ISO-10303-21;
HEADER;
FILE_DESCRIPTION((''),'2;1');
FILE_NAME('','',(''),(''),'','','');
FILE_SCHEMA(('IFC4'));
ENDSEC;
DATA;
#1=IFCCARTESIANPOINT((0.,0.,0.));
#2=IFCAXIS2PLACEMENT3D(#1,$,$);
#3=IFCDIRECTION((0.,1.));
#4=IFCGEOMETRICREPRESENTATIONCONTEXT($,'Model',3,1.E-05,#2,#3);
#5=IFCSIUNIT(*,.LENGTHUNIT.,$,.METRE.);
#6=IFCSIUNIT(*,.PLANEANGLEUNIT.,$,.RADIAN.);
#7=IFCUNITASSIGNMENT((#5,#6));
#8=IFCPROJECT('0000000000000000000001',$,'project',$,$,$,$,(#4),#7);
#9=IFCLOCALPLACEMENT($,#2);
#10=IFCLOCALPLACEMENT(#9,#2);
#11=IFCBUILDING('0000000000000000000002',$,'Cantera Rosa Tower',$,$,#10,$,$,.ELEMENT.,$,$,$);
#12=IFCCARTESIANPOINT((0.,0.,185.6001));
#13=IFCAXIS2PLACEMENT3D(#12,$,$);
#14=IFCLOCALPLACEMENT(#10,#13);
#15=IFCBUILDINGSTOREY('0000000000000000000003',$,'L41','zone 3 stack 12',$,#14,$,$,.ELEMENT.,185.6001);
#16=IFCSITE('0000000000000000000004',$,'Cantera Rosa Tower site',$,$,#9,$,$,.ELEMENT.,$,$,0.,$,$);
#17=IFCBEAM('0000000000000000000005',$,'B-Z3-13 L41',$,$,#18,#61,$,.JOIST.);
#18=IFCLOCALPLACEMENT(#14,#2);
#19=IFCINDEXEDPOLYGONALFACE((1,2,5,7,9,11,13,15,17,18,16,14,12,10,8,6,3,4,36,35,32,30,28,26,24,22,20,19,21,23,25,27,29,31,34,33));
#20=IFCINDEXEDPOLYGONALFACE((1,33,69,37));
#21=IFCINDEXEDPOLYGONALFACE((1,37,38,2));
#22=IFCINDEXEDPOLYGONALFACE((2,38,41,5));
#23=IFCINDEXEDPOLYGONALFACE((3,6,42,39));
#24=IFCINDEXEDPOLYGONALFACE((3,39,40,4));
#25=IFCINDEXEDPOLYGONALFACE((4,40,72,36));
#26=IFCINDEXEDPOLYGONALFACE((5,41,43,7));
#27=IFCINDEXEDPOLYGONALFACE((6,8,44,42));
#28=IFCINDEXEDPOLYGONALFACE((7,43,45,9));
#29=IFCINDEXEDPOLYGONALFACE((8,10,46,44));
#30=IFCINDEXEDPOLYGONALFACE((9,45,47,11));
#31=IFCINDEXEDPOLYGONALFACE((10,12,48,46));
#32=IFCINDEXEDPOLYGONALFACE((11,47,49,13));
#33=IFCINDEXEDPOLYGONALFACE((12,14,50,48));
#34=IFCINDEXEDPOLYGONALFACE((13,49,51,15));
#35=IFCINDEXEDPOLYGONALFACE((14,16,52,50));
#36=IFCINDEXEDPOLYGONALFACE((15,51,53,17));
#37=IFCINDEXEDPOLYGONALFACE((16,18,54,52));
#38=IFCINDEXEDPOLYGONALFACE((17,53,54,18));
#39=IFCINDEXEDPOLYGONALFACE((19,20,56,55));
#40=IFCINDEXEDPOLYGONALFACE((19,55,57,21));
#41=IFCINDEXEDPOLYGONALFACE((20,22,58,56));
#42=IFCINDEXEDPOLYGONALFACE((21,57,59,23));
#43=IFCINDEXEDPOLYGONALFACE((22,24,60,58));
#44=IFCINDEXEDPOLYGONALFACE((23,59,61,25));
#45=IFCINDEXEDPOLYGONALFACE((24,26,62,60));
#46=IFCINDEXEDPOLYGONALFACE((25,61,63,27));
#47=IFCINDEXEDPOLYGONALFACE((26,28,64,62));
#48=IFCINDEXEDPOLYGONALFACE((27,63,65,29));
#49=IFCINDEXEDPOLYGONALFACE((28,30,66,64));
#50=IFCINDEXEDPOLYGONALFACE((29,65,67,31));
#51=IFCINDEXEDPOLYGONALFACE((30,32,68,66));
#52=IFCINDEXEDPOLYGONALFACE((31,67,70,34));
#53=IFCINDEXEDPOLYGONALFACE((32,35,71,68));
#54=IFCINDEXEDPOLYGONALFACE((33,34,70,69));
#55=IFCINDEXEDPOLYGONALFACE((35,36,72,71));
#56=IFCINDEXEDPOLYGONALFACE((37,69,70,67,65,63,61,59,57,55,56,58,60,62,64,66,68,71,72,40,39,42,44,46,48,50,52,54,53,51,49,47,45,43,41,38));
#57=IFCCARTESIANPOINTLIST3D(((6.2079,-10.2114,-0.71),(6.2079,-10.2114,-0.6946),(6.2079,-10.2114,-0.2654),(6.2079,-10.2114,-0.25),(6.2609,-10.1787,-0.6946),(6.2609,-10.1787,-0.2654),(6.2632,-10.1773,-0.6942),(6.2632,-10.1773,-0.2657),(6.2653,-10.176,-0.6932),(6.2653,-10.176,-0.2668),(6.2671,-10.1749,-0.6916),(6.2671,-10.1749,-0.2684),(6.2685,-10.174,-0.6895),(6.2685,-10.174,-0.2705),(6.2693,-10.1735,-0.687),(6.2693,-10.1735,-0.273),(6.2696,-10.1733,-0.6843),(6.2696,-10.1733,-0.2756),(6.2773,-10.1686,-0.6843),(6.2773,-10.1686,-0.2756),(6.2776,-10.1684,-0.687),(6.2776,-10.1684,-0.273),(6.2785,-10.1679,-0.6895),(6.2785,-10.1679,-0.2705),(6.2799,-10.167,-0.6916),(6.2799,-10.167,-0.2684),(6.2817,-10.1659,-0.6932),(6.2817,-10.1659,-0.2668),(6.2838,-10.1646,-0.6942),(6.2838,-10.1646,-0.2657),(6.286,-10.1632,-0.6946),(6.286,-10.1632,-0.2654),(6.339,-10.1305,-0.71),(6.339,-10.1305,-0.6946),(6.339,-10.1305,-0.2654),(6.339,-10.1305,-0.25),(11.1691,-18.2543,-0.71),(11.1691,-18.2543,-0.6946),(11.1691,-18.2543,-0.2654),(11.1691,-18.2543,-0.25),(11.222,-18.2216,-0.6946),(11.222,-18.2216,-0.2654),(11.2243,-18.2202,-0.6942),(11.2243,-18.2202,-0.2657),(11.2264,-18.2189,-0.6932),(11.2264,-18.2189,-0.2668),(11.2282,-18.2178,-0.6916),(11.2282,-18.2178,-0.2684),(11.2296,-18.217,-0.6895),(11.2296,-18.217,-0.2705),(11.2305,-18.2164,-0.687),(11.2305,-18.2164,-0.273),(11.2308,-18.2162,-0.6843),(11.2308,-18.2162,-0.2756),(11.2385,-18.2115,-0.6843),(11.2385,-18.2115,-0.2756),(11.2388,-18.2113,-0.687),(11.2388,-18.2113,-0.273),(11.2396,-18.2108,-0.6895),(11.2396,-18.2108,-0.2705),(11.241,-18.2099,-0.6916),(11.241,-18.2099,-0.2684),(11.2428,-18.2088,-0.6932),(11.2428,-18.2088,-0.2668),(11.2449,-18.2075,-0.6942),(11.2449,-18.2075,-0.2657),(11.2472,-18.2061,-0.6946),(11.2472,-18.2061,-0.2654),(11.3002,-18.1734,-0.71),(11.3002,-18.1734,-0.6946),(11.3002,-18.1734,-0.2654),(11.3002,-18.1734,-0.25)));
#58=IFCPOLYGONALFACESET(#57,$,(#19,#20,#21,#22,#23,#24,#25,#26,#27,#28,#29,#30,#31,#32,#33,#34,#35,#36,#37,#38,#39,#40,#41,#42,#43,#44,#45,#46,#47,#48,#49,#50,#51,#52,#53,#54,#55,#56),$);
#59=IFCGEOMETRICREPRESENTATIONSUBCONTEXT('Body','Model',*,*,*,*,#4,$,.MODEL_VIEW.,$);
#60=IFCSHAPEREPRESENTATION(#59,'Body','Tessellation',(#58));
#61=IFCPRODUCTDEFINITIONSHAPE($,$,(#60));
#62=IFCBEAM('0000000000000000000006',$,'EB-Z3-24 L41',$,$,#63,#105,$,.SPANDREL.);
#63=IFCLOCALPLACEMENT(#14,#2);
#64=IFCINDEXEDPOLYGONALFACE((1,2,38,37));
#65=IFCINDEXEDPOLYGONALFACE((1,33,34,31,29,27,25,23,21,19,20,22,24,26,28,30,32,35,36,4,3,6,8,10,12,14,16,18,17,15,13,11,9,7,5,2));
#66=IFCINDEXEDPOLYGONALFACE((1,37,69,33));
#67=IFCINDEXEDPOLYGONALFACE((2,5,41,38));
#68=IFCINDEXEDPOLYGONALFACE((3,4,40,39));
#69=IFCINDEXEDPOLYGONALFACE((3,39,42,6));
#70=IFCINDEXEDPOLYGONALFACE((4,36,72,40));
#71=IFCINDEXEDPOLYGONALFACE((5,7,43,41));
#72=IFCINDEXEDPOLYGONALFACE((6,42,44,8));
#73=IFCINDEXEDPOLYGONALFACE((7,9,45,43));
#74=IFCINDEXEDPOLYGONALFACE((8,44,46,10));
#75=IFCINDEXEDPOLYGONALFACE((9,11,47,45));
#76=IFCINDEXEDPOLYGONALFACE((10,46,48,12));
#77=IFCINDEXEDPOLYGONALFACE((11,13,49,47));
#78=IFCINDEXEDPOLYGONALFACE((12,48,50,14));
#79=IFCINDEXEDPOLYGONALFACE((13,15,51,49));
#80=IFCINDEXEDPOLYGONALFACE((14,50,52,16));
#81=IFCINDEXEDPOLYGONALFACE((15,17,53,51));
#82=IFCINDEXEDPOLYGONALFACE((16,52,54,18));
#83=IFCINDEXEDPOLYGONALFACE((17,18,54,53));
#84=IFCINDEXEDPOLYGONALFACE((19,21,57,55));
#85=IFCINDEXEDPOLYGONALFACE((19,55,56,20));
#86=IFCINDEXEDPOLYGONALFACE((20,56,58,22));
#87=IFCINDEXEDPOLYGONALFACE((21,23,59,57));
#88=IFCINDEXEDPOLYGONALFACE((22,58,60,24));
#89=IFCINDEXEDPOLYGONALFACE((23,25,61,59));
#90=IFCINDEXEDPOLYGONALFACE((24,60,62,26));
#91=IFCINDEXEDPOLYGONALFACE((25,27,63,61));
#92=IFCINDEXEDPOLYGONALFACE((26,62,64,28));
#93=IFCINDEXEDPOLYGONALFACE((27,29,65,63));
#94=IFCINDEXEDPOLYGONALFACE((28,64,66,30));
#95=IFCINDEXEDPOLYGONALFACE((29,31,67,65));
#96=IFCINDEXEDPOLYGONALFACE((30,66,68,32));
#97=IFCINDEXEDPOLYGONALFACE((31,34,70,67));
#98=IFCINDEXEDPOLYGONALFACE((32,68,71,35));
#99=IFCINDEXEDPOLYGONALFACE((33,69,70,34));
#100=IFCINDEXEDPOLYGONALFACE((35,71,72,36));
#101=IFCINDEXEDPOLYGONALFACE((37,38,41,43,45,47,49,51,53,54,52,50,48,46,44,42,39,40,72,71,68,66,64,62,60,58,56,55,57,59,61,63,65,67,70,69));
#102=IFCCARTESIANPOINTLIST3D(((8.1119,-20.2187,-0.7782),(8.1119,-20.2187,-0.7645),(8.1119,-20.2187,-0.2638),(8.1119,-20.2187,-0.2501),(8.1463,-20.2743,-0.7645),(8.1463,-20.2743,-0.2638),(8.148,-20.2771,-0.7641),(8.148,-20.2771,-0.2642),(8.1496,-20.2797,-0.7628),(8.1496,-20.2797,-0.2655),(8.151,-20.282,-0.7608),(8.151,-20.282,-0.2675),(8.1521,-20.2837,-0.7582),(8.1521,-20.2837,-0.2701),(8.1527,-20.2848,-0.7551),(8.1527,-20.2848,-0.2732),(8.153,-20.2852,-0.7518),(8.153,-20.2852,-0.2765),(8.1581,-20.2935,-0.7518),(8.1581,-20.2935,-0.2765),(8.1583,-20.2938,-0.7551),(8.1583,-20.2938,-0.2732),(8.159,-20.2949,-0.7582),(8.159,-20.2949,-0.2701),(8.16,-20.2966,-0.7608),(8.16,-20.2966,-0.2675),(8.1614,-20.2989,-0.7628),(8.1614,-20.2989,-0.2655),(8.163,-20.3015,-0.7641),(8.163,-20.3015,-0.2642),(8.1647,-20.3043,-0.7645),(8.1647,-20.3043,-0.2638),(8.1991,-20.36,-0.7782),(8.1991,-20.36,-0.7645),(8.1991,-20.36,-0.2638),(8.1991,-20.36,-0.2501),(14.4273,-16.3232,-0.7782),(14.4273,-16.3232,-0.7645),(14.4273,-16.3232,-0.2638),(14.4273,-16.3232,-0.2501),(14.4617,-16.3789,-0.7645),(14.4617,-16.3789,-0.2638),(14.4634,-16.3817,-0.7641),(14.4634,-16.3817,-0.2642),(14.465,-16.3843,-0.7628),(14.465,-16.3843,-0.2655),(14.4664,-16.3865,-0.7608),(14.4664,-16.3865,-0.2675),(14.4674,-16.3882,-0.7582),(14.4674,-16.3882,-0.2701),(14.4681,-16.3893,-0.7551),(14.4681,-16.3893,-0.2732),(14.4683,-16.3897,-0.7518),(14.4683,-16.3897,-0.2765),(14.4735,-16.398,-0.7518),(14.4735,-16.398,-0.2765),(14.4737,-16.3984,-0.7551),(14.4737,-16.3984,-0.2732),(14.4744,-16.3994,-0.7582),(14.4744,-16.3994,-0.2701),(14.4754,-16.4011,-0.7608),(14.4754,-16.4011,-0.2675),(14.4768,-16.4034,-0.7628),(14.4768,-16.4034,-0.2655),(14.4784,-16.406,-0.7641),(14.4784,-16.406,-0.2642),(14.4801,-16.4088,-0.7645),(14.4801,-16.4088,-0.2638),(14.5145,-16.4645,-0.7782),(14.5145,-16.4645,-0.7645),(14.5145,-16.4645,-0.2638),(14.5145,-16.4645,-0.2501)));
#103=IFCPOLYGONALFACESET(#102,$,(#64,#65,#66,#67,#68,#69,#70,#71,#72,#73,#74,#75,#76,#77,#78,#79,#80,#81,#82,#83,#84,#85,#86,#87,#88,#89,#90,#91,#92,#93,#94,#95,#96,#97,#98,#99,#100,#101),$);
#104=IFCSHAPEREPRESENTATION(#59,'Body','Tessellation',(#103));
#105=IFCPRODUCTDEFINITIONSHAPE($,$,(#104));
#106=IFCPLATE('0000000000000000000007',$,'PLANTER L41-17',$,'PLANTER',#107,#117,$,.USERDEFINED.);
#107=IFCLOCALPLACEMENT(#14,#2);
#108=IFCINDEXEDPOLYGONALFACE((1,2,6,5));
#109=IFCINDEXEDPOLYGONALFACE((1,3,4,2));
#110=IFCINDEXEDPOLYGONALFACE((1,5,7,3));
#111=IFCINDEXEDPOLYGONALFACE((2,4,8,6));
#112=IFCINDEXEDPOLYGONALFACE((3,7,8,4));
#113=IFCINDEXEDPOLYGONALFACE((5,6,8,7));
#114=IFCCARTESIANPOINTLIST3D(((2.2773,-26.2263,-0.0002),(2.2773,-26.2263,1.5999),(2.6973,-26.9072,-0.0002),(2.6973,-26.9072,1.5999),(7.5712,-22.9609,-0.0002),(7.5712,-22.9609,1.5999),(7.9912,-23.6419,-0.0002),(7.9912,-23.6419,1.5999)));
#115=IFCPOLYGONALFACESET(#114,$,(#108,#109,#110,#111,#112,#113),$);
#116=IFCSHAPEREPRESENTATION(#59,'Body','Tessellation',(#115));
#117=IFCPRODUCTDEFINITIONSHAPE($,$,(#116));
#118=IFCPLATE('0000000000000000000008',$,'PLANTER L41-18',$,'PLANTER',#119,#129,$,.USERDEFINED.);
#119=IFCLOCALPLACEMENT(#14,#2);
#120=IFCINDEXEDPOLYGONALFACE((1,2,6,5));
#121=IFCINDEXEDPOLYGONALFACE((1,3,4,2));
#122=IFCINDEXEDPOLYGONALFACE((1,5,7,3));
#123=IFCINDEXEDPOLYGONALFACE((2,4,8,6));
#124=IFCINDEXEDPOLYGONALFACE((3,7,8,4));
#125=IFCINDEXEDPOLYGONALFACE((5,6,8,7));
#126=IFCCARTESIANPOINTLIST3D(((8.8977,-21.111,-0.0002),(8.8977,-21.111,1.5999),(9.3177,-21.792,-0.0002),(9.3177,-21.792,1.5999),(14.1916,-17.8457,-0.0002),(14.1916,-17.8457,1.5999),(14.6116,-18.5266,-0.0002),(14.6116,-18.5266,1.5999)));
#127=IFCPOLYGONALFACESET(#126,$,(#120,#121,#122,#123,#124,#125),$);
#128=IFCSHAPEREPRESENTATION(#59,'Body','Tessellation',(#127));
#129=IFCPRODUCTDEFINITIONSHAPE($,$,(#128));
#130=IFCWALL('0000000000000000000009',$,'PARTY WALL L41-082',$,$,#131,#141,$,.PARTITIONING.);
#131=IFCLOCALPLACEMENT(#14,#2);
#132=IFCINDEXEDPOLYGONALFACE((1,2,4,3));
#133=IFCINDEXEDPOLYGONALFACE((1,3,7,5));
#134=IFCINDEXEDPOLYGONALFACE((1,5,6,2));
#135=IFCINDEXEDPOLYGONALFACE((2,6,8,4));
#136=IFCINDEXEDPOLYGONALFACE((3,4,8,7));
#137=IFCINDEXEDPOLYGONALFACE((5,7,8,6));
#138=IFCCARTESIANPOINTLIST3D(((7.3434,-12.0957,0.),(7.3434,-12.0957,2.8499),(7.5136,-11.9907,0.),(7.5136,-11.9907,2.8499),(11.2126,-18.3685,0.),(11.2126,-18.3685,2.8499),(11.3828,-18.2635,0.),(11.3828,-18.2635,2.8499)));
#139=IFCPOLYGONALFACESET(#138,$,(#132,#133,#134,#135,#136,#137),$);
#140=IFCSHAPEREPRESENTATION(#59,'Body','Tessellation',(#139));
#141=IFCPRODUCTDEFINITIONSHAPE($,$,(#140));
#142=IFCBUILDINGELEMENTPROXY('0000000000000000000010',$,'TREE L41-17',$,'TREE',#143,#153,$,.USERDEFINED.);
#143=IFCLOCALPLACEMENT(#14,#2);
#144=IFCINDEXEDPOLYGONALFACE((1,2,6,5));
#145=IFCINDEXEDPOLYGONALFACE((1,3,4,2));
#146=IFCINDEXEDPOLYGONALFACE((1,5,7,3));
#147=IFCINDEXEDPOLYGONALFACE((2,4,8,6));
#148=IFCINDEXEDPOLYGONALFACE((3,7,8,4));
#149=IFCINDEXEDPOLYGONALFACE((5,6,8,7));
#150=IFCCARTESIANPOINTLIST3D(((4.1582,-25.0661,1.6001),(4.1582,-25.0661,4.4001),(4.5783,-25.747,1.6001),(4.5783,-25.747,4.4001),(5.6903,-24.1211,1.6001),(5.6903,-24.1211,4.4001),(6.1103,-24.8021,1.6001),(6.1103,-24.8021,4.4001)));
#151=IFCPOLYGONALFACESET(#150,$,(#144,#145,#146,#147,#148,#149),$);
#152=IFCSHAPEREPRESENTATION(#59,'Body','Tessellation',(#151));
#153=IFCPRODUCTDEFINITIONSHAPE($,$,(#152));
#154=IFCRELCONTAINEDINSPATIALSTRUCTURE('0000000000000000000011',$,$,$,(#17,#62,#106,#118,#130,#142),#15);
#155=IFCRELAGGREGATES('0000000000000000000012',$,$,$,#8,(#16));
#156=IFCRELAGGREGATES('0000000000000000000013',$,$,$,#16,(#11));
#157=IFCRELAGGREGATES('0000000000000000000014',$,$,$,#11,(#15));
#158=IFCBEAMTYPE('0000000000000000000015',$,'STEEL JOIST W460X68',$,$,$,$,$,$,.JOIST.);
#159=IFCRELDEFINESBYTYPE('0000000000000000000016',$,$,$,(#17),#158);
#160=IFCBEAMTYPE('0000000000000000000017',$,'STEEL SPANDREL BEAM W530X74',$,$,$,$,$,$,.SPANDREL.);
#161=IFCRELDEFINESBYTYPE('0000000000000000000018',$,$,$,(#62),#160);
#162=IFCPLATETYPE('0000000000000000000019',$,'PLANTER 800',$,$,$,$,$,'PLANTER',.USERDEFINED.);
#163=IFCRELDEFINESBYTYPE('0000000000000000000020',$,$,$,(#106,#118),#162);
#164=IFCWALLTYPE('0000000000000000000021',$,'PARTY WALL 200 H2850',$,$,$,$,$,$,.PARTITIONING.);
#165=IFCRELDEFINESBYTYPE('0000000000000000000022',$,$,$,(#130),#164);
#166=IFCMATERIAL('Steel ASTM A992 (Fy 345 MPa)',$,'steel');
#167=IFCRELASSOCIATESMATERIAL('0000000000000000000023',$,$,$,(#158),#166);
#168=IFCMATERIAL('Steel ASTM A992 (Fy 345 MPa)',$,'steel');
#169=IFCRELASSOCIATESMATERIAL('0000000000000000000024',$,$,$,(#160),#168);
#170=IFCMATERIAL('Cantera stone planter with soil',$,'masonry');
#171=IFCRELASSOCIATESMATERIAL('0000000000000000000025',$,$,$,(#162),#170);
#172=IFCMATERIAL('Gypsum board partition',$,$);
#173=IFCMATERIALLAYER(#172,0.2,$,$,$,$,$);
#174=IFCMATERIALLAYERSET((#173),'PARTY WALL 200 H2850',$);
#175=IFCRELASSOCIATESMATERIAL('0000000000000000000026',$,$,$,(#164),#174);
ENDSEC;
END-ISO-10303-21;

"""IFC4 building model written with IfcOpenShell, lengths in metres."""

from ifc_helpers import new_model, si_unit, direction, frame, frame_2d, origin, origin_2d, place, context, subcontext, project, spatial, rectangle, i_section, extrude, material, layer, layer_set, material_profile, profile_set, type_object, element, save


model = new_model("IFC4")

# Units and contexts
model_context = context("Model", 3, precision=1e-05, world=origin(), true_north=direction((0.0, 1.0)))
body_context = subcontext(model_context, "Body", "Model", "MODEL_VIEW")
ifc_project = project(units=[si_unit("LENGTHUNIT", "METRE"), si_unit("PLANEANGLEUNIT", "RADIAN")], contexts=[model_context])

# Site, building, storey
site_placement = place(None, origin())
site = spatial("IfcSite", under=ifc_project, at=site_placement, Name="Cantera Rosa Tower site", CompositionType="ELEMENT", RefElevation=0.0)
building_placement = place(site_placement, origin())
building = spatial("IfcBuilding", under=site, at=building_placement, Name="Cantera Rosa Tower", CompositionType="ELEMENT")
storey_placement = place(building_placement, frame((0.0, 0.0, 185.6001)))
storey = spatial("IfcBuildingStorey", under=building, at=storey_placement, Name="L41", Description="zone 3 stack 12", CompositionType="ELEMENT", Elevation=185.6001)

# Beams
ifc_material_1 = material(Name="Steel ASTM A992 (Fy 345 MPa)", Category="steel")
ifc_material_profile_1 = material_profile(ifc_material_1, i_section(OverallWidth=0.1541, OverallDepth=0.46, WebThickness=0.009, FlangeThickness=0.0154, FilletRadius=0.0103, at=origin_2d()), Name="W460X68")
ifc_profile_set_1 = profile_set([ifc_material_profile_1], Name="Steel ASTM A992 (Fy 345 MPa)")
beam_type_1 = type_object("IfcBeamType", Name="STEEL JOIST W460X68", PredefinedType="JOIST", material=ifc_profile_set_1)
beam_1_placement = place(storey_placement, frame((11.2346, -18.2139, -0.48), z_axis=(-0.524992, 0.851107, 0.0), x_axis=(-0.851107, -0.524992, 0.0)))
element("IfcBeam", 1, at=beam_1_placement, inside=storey, type_object=beam_type_1, Name="B-Z3-13 L41", PredefinedType="JOIST", context=body_context, shape_type="SweptSolid", body=[
    extrude(i_section(OverallWidth=0.1541, OverallDepth=0.46, WebThickness=0.009, FlangeThickness=0.0154, FilletRadius=0.0103, at=origin_2d()), origin(), (0.0, 0.0, 1.0), 9.45),
])
ifc_material_2 = material(Name="Steel ASTM A992 (Fy 345 MPa)", Category="steel")
ifc_material_profile_2 = material_profile(ifc_material_2, i_section(OverallWidth=0.166, OverallDepth=0.5281, WebThickness=0.0098, FlangeThickness=0.0137, FilletRadius=0.0127, at=origin_2d()), Name="W530X74")
ifc_profile_set_2 = profile_set([ifc_material_profile_2], Name="Steel ASTM A992 (Fy 345 MPa)")
beam_type_2 = type_object("IfcBeamType", Name="STEEL SPANDREL BEAM W530X74", PredefinedType="SPANDREL", material=ifc_profile_set_2)
beam_2_placement = place(storey_placement, frame((8.1555, -20.2893, -0.5142), z_axis=(0.851111, 0.524986, 0.0), x_axis=(-0.524986, 0.851111, 0.0)))
element("IfcBeam", 2, at=beam_2_placement, inside=storey, type_object=beam_type_2, Name="EB-Z3-24 L41", PredefinedType="SPANDREL", context=body_context, shape_type="SweptSolid", body=[
    extrude(i_section(OverallWidth=0.166, OverallDepth=0.5281, WebThickness=0.0098, FlangeThickness=0.0137, FilletRadius=0.0127, at=origin_2d()), origin(), (0.0, 0.0, 1.0), 7.4202),
])

# Plates
ifc_material_3 = material(Name="Cantera stone planter with soil", Category="masonry")
plate_type = type_object("IfcPlateType", Name="PLANTER 800", ElementType="PLANTER", PredefinedType="USERDEFINED", material=ifc_material_3)
for number, where, z_axis, x_axis, name in (
    (3, (5.1343, -24.9341, -0.0002), (0.0, 0.0, 1.0), (0.851117, 0.524977, 0.0), "PLANTER L41-17"),
    (4, (11.7546, -19.8188, -0.0002), (0.0, 0.0, 1.0), (0.851117, 0.524977, 0.0), "PLANTER L41-18"),
):
    element("IfcPlate", number, at=place(storey_placement, frame(where, z_axis=z_axis, x_axis=x_axis)), inside=storey, type_object=plate_type, Name=name, ObjectType="PLANTER", PredefinedType="USERDEFINED", context=body_context, shape_type="SweptSolid", body=[
        extrude(rectangle(XDim=6.22, YDim=0.8, at=origin_2d()), origin(), (0.0, 0.0, 1.0), 1.6001),
    ])

# Wall
ifc_material_4 = material(Name="Gypsum board partition")
ifc_layer_1 = layer(ifc_material_4, 0.2)
ifc_layer_set_1 = layer_set([ifc_layer_1], Name="PARTY WALL 200 H2850")
wall_type_1 = type_object("IfcWallType", Name="PARTY WALL 200 H2850", PredefinedType="PARTITIONING", material=ifc_layer_set_1)
wall_1_placement = place(storey_placement, frame((7.4285, -12.0432, 0.0), z_axis=(0.0, 0.0, 1.0), x_axis=(0.524984, -0.851112, 0.0)))
element("IfcWall", 5, at=wall_1_placement, inside=storey, type_object=wall_type_1, Name="PARTY WALL L41-082", PredefinedType="PARTITIONING", context=body_context, shape_type="SweptSolid", body=[
    extrude(rectangle(XDim=7.3701, YDim=0.2, at=frame_2d((3.6851, 0.0))), origin(), (0.0, 0.0, 1.0), 2.8499),
])

# Building element proxy
proxy_placement = place(storey_placement, frame((5.1343, -24.9341, 1.6001), z_axis=(0.0, 0.0, 1.0), x_axis=(0.851117, 0.524977, 0.0)))
element("IfcBuildingElementProxy", 6, at=proxy_placement, inside=storey, Name="TREE L41-17", ObjectType="TREE", PredefinedType="USERDEFINED", context=body_context, shape_type="SweptSolid", body=[
    extrude(rectangle(XDim=1.8, YDim=0.8, at=origin_2d()), origin(), (0.0, 0.0, 1.0), 2.8),
])

save(model, "model.ifc")
